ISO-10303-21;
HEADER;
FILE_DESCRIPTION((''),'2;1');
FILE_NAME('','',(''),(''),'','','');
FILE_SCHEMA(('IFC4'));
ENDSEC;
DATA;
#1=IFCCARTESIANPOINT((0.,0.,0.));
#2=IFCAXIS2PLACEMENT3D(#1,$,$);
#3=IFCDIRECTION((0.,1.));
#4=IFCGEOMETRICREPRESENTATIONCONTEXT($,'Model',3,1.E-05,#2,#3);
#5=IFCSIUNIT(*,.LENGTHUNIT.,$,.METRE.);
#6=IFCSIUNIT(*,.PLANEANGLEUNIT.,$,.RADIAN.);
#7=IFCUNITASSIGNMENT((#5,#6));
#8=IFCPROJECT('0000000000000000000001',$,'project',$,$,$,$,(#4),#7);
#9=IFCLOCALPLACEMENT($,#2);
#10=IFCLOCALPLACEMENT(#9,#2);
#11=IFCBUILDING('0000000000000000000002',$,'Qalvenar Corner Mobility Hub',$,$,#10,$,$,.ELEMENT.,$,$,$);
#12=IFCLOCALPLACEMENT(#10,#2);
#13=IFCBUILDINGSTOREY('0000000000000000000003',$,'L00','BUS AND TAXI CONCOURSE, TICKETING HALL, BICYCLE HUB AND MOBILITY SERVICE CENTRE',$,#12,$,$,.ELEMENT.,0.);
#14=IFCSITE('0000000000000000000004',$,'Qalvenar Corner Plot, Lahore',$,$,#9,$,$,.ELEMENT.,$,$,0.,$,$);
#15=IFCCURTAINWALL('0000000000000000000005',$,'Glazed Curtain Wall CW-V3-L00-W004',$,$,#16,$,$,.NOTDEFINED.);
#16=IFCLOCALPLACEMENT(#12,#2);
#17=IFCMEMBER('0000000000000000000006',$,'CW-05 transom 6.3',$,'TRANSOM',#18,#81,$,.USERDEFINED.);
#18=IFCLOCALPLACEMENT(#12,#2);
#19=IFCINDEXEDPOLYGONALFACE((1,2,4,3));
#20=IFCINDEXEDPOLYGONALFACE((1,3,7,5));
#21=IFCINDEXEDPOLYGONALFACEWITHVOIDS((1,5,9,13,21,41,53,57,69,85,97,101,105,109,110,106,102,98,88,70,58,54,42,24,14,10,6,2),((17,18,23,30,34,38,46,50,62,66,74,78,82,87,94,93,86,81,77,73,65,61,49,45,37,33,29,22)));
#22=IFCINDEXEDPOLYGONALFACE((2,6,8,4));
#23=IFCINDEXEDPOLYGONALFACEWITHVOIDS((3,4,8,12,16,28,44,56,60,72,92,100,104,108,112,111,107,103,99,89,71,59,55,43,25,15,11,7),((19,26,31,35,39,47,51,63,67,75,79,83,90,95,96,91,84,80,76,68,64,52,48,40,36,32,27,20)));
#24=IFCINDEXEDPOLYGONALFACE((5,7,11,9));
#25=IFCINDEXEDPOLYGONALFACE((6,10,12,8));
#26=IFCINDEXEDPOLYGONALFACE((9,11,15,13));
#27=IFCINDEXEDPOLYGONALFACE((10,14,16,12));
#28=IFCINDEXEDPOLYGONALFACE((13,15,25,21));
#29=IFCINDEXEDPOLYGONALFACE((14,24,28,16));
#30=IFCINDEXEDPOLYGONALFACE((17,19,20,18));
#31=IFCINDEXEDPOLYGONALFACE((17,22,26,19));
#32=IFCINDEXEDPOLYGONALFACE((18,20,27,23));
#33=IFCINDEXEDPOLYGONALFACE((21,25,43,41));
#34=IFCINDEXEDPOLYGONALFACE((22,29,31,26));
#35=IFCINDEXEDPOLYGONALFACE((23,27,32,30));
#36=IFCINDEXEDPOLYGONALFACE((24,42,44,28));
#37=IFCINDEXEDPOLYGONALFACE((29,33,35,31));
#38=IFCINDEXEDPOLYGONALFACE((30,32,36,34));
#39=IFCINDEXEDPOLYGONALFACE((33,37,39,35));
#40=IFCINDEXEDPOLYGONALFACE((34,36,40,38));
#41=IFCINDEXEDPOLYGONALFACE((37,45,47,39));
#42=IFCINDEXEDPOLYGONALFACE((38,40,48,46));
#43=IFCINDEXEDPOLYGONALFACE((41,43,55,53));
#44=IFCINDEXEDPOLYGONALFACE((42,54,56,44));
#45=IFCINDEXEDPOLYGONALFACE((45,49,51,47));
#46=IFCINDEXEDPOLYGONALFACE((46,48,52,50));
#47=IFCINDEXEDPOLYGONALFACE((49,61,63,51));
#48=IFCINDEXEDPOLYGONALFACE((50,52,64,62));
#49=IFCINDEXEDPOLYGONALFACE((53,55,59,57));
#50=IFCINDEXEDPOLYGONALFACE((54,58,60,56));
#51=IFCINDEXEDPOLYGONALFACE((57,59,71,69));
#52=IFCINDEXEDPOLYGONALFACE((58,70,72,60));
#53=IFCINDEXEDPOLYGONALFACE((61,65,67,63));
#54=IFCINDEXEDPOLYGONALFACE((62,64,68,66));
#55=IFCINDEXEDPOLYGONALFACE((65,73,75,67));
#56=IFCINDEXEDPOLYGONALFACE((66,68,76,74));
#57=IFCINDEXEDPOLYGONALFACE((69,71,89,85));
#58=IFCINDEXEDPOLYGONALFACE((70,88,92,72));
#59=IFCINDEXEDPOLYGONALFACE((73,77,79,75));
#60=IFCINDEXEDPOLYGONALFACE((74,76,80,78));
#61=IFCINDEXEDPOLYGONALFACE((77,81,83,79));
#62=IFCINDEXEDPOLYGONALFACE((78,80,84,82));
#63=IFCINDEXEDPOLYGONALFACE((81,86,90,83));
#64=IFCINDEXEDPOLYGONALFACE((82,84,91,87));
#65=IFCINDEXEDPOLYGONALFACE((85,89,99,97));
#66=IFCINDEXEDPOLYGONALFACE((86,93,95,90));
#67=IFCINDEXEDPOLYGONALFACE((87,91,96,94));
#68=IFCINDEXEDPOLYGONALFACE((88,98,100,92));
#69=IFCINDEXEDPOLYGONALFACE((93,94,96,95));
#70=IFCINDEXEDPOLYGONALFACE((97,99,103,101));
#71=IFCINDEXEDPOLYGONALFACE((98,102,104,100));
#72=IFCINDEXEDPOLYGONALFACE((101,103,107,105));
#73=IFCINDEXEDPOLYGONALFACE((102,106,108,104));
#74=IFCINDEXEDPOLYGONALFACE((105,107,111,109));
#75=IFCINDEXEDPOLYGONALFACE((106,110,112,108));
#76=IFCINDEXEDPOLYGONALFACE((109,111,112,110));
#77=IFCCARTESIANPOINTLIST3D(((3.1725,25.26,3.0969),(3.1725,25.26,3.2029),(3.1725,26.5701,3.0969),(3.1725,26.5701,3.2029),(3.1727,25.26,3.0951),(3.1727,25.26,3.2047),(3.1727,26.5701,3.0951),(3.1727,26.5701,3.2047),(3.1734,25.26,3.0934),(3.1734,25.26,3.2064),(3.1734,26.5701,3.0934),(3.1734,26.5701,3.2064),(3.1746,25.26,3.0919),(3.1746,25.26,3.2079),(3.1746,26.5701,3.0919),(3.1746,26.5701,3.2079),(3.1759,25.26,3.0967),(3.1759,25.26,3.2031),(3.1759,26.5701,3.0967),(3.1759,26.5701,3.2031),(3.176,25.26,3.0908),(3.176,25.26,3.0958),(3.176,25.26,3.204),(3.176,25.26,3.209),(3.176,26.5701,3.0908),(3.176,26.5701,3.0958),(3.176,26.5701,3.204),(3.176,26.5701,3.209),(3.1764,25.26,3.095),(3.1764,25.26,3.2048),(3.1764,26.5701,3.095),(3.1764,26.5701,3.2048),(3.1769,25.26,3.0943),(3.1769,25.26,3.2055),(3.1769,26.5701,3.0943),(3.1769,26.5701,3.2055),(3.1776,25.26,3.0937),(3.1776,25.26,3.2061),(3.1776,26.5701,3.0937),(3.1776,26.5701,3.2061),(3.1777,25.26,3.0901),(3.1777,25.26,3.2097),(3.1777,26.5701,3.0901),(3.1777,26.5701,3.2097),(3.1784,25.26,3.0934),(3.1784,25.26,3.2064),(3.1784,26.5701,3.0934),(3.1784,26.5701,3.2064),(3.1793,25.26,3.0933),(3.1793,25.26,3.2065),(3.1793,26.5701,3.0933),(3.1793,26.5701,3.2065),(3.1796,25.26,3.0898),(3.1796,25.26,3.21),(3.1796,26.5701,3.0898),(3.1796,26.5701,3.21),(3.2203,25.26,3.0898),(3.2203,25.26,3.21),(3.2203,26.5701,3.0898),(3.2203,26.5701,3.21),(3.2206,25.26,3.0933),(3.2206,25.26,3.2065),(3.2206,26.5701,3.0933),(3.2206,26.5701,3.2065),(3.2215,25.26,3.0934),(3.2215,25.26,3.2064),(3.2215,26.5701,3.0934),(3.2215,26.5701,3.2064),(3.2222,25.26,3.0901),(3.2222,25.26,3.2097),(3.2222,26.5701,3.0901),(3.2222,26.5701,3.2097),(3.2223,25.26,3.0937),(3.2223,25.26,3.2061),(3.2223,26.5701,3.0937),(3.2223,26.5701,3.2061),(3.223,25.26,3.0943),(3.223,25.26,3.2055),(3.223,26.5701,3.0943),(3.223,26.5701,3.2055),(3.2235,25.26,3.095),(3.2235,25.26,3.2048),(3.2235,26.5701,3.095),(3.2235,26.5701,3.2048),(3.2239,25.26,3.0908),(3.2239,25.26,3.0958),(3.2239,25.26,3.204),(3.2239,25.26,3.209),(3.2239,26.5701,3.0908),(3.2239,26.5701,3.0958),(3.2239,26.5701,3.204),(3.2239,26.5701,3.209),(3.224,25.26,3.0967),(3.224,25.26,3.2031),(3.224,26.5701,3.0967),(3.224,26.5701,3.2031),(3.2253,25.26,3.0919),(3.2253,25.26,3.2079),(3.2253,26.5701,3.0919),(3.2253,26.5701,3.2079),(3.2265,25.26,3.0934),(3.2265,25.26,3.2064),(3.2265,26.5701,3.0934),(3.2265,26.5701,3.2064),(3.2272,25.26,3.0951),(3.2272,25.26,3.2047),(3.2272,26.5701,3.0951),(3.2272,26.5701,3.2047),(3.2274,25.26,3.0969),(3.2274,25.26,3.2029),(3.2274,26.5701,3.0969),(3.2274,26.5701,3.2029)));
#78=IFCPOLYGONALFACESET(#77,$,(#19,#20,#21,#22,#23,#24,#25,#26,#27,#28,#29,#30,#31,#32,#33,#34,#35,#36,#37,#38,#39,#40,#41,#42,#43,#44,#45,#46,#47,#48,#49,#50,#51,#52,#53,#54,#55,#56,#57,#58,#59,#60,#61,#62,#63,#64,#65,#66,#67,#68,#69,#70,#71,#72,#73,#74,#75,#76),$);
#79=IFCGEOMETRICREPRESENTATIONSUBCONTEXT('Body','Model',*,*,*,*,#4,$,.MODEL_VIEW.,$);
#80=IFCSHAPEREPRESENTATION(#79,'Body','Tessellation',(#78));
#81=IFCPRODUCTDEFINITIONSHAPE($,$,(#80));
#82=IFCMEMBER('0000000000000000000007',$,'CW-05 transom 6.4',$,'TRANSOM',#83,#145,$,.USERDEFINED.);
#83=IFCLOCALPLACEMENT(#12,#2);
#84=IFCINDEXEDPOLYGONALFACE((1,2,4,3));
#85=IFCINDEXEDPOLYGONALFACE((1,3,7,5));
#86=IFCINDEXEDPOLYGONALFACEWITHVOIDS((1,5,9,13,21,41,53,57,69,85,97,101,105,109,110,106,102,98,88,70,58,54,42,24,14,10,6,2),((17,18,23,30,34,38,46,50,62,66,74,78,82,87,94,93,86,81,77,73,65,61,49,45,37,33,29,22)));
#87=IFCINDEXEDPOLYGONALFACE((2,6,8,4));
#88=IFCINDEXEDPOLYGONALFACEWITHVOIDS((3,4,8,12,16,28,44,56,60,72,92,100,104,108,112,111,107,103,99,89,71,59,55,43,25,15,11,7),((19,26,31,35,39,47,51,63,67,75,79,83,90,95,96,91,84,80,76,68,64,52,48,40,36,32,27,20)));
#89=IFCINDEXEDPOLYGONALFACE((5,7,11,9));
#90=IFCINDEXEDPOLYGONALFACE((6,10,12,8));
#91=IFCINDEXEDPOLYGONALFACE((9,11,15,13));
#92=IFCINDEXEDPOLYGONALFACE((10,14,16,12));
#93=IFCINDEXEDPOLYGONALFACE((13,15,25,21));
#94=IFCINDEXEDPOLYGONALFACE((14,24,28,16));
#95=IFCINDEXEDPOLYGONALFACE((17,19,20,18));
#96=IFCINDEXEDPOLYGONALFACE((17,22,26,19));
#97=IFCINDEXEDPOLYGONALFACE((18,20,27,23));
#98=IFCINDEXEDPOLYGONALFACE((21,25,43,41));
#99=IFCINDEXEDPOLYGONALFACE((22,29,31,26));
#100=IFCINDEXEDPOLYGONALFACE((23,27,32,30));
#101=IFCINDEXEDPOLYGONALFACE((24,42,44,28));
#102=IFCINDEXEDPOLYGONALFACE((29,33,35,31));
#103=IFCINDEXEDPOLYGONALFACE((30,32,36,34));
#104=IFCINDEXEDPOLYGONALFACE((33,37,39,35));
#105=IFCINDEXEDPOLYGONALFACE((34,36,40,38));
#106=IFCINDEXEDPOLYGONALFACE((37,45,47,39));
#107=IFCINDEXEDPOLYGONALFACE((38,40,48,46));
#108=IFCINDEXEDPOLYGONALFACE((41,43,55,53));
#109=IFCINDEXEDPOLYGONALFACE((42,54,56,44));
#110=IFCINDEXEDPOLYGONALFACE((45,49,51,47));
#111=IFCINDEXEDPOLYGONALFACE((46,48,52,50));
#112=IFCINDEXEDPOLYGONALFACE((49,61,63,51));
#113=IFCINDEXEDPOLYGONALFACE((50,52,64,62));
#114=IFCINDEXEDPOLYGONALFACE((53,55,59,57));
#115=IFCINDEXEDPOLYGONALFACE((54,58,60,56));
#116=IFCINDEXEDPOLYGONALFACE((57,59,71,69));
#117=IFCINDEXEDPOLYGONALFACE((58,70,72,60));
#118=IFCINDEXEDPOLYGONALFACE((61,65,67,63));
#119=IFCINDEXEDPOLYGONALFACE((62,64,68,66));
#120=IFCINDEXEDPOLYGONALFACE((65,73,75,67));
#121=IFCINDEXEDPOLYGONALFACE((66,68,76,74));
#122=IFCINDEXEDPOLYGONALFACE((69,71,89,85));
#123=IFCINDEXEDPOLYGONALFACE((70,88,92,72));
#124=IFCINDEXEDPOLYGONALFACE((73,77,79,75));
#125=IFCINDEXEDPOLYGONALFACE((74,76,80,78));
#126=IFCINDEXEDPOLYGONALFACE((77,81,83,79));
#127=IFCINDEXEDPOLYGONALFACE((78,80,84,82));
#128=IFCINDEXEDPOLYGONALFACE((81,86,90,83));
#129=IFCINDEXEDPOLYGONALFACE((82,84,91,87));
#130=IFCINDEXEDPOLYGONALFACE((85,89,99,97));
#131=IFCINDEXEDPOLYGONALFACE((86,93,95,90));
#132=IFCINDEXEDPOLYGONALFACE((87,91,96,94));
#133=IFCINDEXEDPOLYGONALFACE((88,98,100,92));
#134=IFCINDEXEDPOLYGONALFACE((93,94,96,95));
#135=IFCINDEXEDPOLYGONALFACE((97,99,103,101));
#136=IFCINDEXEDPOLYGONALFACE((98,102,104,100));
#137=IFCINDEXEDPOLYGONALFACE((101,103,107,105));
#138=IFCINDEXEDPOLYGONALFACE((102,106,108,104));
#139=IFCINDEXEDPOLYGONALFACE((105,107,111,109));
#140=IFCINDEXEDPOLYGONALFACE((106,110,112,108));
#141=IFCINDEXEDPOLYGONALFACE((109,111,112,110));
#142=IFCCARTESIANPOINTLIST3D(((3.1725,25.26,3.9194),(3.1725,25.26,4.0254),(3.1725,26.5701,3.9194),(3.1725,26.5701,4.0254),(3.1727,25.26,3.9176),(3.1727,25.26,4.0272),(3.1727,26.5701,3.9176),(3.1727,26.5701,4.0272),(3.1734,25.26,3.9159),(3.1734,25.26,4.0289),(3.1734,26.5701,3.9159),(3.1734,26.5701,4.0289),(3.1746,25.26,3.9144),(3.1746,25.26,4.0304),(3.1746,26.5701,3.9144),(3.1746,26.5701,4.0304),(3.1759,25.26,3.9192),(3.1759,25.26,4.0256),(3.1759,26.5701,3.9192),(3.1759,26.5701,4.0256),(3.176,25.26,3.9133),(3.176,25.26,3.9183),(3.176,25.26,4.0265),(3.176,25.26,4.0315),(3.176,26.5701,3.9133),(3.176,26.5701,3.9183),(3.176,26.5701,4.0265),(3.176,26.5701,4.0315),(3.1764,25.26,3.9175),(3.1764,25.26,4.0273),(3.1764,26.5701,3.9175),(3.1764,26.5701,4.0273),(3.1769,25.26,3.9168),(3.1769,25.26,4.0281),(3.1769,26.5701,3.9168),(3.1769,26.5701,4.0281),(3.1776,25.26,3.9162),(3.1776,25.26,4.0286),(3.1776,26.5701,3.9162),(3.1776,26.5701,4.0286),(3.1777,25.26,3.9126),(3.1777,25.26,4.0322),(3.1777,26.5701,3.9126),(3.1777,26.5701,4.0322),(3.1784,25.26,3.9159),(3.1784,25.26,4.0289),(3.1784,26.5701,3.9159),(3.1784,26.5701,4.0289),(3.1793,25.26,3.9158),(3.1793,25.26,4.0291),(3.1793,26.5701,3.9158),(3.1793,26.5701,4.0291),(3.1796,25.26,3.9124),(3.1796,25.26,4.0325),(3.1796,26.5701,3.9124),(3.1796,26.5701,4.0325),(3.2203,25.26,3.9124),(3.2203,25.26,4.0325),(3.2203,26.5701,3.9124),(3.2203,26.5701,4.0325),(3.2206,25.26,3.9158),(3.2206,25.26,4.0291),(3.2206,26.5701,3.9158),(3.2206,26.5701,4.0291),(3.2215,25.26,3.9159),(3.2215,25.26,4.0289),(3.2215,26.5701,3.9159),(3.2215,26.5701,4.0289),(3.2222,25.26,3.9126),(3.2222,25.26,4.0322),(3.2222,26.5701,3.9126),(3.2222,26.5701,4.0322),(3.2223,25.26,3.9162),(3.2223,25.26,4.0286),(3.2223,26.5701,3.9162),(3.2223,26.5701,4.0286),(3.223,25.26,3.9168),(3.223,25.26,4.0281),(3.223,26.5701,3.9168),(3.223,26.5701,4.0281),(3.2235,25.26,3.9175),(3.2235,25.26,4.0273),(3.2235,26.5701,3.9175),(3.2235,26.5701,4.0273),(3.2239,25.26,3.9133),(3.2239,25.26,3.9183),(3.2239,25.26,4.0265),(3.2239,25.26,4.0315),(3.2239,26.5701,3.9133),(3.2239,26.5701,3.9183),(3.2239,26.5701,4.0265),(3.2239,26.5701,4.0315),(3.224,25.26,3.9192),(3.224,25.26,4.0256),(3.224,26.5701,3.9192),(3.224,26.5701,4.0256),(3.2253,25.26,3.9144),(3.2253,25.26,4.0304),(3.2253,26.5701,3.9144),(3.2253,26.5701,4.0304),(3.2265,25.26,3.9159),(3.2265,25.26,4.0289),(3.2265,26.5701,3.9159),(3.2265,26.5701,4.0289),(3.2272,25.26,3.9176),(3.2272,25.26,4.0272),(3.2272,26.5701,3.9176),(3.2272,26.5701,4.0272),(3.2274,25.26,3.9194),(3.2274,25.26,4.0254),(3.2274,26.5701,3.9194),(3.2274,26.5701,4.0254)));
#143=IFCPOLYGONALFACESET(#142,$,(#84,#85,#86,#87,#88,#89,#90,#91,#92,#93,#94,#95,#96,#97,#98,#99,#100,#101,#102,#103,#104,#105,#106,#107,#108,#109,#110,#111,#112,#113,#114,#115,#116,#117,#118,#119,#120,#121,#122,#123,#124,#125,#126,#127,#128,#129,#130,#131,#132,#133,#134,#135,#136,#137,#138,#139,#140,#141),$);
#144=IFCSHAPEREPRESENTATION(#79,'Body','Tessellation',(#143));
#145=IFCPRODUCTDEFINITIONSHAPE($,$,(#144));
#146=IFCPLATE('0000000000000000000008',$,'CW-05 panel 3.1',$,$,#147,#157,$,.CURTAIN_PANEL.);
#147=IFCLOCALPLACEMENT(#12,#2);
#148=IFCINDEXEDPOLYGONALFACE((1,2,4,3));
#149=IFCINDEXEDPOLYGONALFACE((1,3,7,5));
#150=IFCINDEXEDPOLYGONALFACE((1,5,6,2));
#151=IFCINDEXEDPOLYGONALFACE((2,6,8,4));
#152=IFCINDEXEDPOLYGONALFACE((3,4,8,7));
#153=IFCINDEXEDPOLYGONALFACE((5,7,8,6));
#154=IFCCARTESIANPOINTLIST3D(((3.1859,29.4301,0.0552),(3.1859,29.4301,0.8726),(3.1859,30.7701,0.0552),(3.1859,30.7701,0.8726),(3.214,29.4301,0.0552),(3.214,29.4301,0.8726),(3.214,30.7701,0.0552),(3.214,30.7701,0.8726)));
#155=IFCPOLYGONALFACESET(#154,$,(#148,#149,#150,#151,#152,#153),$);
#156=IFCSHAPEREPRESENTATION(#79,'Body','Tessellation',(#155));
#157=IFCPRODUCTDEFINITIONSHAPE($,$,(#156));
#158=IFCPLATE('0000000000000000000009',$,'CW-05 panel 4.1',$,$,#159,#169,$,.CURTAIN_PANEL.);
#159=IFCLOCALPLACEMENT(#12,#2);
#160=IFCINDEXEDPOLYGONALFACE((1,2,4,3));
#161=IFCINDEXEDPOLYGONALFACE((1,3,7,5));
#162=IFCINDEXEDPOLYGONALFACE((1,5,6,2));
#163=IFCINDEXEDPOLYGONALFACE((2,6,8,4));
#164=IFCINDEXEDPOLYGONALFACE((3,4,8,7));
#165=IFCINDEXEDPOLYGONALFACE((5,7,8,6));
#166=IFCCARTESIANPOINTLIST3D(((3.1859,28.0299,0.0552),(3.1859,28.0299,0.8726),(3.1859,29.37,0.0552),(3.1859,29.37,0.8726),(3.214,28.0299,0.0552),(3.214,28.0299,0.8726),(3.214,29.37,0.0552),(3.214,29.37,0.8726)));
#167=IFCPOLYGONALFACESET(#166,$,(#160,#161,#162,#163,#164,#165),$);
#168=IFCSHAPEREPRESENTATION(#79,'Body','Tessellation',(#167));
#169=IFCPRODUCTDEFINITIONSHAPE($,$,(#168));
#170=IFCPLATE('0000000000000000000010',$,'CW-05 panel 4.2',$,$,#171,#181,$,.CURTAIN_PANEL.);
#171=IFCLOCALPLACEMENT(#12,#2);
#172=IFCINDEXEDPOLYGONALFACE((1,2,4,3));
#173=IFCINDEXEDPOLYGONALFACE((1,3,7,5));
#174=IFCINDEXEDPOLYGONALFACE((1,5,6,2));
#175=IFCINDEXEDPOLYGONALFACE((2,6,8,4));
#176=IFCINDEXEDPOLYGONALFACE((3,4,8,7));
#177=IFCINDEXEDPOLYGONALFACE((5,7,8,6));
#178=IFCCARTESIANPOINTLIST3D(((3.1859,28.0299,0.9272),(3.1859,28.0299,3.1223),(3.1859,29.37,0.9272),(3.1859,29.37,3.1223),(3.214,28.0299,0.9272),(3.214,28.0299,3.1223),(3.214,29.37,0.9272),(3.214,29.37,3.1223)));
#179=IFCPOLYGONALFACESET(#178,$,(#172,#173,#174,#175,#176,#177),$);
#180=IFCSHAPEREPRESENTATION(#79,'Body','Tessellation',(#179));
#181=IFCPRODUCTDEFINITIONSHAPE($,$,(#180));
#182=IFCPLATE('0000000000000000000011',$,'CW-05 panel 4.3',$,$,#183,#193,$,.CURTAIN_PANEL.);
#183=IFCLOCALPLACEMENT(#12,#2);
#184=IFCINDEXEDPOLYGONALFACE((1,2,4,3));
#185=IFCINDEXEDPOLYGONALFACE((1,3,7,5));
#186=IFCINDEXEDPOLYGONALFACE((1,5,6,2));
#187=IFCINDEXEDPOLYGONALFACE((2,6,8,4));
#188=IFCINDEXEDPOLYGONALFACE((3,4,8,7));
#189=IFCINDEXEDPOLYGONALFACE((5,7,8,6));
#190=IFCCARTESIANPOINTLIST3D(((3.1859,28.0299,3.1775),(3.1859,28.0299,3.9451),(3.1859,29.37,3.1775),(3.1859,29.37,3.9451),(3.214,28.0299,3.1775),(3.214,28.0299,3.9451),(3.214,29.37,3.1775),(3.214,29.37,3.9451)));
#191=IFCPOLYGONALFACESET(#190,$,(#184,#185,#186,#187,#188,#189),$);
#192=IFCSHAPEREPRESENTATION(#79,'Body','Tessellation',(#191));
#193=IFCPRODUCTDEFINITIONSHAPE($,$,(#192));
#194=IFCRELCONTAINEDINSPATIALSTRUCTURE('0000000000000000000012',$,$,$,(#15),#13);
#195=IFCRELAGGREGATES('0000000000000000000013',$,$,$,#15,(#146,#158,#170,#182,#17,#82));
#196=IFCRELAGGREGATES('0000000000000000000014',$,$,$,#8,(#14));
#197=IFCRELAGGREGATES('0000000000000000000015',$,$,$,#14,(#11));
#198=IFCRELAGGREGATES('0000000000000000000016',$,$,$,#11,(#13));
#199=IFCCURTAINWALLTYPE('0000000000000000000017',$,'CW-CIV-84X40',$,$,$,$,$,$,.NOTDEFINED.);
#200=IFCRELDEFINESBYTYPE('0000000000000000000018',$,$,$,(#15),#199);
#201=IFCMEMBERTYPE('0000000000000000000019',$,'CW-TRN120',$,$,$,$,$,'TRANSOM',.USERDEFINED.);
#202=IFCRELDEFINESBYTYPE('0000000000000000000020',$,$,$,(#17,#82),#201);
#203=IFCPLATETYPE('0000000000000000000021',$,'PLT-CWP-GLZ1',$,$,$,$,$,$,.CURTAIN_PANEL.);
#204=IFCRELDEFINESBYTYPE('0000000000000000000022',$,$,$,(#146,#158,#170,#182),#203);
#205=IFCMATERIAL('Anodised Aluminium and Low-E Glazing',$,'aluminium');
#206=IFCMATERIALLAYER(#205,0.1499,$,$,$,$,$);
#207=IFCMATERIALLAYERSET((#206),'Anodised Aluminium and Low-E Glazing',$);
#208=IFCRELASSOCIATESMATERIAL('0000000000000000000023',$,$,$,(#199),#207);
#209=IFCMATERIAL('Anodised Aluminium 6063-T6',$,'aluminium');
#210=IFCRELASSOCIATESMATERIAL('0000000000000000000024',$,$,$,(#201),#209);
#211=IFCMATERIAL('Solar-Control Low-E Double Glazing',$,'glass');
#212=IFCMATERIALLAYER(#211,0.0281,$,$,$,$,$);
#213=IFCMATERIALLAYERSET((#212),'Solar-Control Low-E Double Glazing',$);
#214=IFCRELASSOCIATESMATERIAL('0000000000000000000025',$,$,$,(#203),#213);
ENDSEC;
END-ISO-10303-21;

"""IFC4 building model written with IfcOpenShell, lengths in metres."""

from ifc_helpers import new_model, si_unit, direction, frame, origin, origin_2d, place, context, subcontext, project, spatial, rectangle, hollow_rectangle, extrude, material, layer, layer_set, material_profile, profile_set, type_object, element, aggregate, save


model = new_model("IFC4")

# Units and contexts
model_context = context("Model", 3, precision=1e-05, world=origin(), true_north=direction((0.0, 1.0)))
body_context = subcontext(model_context, "Body", "Model", "MODEL_VIEW")
ifc_project = project(units=[si_unit("LENGTHUNIT", "METRE"), si_unit("PLANEANGLEUNIT", "RADIAN")], contexts=[model_context])

# Site, building, storey
site_placement = place(None, origin())
site = spatial("IfcSite", under=ifc_project, at=site_placement, Name="Qalvenar Corner Plot, Lahore", CompositionType="ELEMENT", RefElevation=0.0)
building_placement = place(site_placement, origin())
building = spatial("IfcBuilding", under=site, at=building_placement, Name="Qalvenar Corner Mobility Hub", CompositionType="ELEMENT")
storey_placement = place(building_placement, origin())
storey = spatial("IfcBuildingStorey", under=building, at=storey_placement, Name="L00", Description="BUS AND TAXI CONCOURSE, TICKETING HALL, BICYCLE HUB AND MOBILITY SERVICE CENTRE", CompositionType="ELEMENT", Elevation=0.0)

# Curtain wall, members, plates
ifc_material_1 = material(Name="Anodised Aluminium and Low-E Glazing", Category="aluminium")
ifc_layer_1 = layer(ifc_material_1, 0.1499)
ifc_layer_set_1 = layer_set([ifc_layer_1], Name="Anodised Aluminium and Low-E Glazing")
curtain_wall_type = type_object("IfcCurtainWallType", Name="CW-CIV-84X40", PredefinedType="NOTDEFINED", material=ifc_layer_set_1)
curtain_wall_placement = place(storey_placement, origin())
curtain_wall = element("IfcCurtainWall", 1, at=curtain_wall_placement, inside=storey, type_object=curtain_wall_type, Name="Glazed Curtain Wall CW-V3-L00-W004", PredefinedType="NOTDEFINED")
ifc_material_2 = material(Name="Anodised Aluminium 6063-T6", Category="aluminium")
ifc_material_profile_1 = material_profile(ifc_material_2, hollow_rectangle(XDim=0.0549, YDim=0.1201, WallThickness=0.0034, InnerFilletRadius=0.0034, OuterFilletRadius=0.0071, at=origin_2d()), Name="RHS120x55x3.5")
ifc_profile_set_1 = profile_set([ifc_material_profile_1], Name="Anodised Aluminium 6063-T6")
member_type_1 = type_object("IfcMemberType", Name="CW-TRN120", ElementType="TRANSOM", PredefinedType="USERDEFINED", material=ifc_profile_set_1)
member_1_placement = place(storey_placement, frame((3.2, 26.5701, 3.1499), z_axis=(0.0, -1.0, 0.0), x_axis=(1.0, 0.0, 0.0)))
member_1 = element("IfcMember", 2, at=member_1_placement, type_object=member_type_1, Name="CW-05 transom 6.3", ObjectType="TRANSOM", PredefinedType="USERDEFINED", context=body_context, shape_type="SweptSolid", body=[
    extrude(hollow_rectangle(XDim=0.0549, YDim=0.1201, WallThickness=0.0034, InnerFilletRadius=0.0034, OuterFilletRadius=0.0071, at=origin_2d()), origin(), (0.0, 0.0, 1.0), 1.3101),
])
member_2_placement = place(storey_placement, frame((3.2, 26.5701, 3.9724), z_axis=(0.0, -1.0, 0.0), x_axis=(1.0, 0.0, 0.0)))
member_2 = element("IfcMember", 3, at=member_2_placement, type_object=member_type_1, Name="CW-05 transom 6.4", ObjectType="TRANSOM", PredefinedType="USERDEFINED", context=body_context, shape_type="SweptSolid", body=[
    extrude(hollow_rectangle(XDim=0.0549, YDim=0.1201, WallThickness=0.0034, InnerFilletRadius=0.0034, OuterFilletRadius=0.0071, at=origin_2d()), origin(), (0.0, 0.0, 1.0), 1.3101),
])
ifc_material_3 = material(Name="Solar-Control Low-E Double Glazing", Category="glass")
ifc_layer_2 = layer(ifc_material_3, 0.0281)
ifc_layer_set_2 = layer_set([ifc_layer_2], Name="Solar-Control Low-E Double Glazing")
plate_type = type_object("IfcPlateType", Name="PLT-CWP-GLZ1", PredefinedType="CURTAIN_PANEL", material=ifc_layer_set_2)
plate_1_placement = place(storey_placement, frame((3.2, 30.1001, 0.0552), z_axis=(0.0, 0.0, 1.0), x_axis=(0.0, -1.0, 0.0)))
plate_1 = element("IfcPlate", 4, at=plate_1_placement, type_object=plate_type, Name="CW-05 panel 3.1", PredefinedType="CURTAIN_PANEL", context=body_context, shape_type="SweptSolid", body=[
    extrude(rectangle(XDim=1.3401, YDim=0.0281, at=origin_2d()), origin(), (0.0, 0.0, 1.0), 0.8174),
])
plate_2_placement = place(storey_placement, frame((3.2, 28.7, 0.0552), z_axis=(0.0, 0.0, 1.0), x_axis=(0.0, -1.0, 0.0)))
plate_2 = element("IfcPlate", 5, at=plate_2_placement, type_object=plate_type, Name="CW-05 panel 4.1", PredefinedType="CURTAIN_PANEL", context=body_context, shape_type="SweptSolid", body=[
    extrude(rectangle(XDim=1.3401, YDim=0.0281, at=origin_2d()), origin(), (0.0, 0.0, 1.0), 0.8174),
])
plate_3_placement = place(storey_placement, frame((3.2, 28.7, 0.9272), z_axis=(0.0, 0.0, 1.0), x_axis=(0.0, -1.0, 0.0)))
plate_3 = element("IfcPlate", 6, at=plate_3_placement, type_object=plate_type, Name="CW-05 panel 4.2", PredefinedType="CURTAIN_PANEL", context=body_context, shape_type="SweptSolid", body=[
    extrude(rectangle(XDim=1.3401, YDim=0.0281, at=origin_2d()), origin(), (0.0, 0.0, 1.0), 2.1951),
])
plate_4_placement = place(storey_placement, frame((3.2, 28.7, 3.1775), z_axis=(0.0, 0.0, 1.0), x_axis=(0.0, -1.0, 0.0)))
plate_4 = element("IfcPlate", 7, at=plate_4_placement, type_object=plate_type, Name="CW-05 panel 4.3", PredefinedType="CURTAIN_PANEL", context=body_context, shape_type="SweptSolid", body=[
    extrude(rectangle(XDim=1.3401, YDim=0.0281, at=origin_2d()), origin(), (0.0, 0.0, 1.0), 0.7676),
])
aggregate(curtain_wall, [plate_1, plate_2, plate_3, plate_4, member_1, member_2])

save(model, "model.ifc")
